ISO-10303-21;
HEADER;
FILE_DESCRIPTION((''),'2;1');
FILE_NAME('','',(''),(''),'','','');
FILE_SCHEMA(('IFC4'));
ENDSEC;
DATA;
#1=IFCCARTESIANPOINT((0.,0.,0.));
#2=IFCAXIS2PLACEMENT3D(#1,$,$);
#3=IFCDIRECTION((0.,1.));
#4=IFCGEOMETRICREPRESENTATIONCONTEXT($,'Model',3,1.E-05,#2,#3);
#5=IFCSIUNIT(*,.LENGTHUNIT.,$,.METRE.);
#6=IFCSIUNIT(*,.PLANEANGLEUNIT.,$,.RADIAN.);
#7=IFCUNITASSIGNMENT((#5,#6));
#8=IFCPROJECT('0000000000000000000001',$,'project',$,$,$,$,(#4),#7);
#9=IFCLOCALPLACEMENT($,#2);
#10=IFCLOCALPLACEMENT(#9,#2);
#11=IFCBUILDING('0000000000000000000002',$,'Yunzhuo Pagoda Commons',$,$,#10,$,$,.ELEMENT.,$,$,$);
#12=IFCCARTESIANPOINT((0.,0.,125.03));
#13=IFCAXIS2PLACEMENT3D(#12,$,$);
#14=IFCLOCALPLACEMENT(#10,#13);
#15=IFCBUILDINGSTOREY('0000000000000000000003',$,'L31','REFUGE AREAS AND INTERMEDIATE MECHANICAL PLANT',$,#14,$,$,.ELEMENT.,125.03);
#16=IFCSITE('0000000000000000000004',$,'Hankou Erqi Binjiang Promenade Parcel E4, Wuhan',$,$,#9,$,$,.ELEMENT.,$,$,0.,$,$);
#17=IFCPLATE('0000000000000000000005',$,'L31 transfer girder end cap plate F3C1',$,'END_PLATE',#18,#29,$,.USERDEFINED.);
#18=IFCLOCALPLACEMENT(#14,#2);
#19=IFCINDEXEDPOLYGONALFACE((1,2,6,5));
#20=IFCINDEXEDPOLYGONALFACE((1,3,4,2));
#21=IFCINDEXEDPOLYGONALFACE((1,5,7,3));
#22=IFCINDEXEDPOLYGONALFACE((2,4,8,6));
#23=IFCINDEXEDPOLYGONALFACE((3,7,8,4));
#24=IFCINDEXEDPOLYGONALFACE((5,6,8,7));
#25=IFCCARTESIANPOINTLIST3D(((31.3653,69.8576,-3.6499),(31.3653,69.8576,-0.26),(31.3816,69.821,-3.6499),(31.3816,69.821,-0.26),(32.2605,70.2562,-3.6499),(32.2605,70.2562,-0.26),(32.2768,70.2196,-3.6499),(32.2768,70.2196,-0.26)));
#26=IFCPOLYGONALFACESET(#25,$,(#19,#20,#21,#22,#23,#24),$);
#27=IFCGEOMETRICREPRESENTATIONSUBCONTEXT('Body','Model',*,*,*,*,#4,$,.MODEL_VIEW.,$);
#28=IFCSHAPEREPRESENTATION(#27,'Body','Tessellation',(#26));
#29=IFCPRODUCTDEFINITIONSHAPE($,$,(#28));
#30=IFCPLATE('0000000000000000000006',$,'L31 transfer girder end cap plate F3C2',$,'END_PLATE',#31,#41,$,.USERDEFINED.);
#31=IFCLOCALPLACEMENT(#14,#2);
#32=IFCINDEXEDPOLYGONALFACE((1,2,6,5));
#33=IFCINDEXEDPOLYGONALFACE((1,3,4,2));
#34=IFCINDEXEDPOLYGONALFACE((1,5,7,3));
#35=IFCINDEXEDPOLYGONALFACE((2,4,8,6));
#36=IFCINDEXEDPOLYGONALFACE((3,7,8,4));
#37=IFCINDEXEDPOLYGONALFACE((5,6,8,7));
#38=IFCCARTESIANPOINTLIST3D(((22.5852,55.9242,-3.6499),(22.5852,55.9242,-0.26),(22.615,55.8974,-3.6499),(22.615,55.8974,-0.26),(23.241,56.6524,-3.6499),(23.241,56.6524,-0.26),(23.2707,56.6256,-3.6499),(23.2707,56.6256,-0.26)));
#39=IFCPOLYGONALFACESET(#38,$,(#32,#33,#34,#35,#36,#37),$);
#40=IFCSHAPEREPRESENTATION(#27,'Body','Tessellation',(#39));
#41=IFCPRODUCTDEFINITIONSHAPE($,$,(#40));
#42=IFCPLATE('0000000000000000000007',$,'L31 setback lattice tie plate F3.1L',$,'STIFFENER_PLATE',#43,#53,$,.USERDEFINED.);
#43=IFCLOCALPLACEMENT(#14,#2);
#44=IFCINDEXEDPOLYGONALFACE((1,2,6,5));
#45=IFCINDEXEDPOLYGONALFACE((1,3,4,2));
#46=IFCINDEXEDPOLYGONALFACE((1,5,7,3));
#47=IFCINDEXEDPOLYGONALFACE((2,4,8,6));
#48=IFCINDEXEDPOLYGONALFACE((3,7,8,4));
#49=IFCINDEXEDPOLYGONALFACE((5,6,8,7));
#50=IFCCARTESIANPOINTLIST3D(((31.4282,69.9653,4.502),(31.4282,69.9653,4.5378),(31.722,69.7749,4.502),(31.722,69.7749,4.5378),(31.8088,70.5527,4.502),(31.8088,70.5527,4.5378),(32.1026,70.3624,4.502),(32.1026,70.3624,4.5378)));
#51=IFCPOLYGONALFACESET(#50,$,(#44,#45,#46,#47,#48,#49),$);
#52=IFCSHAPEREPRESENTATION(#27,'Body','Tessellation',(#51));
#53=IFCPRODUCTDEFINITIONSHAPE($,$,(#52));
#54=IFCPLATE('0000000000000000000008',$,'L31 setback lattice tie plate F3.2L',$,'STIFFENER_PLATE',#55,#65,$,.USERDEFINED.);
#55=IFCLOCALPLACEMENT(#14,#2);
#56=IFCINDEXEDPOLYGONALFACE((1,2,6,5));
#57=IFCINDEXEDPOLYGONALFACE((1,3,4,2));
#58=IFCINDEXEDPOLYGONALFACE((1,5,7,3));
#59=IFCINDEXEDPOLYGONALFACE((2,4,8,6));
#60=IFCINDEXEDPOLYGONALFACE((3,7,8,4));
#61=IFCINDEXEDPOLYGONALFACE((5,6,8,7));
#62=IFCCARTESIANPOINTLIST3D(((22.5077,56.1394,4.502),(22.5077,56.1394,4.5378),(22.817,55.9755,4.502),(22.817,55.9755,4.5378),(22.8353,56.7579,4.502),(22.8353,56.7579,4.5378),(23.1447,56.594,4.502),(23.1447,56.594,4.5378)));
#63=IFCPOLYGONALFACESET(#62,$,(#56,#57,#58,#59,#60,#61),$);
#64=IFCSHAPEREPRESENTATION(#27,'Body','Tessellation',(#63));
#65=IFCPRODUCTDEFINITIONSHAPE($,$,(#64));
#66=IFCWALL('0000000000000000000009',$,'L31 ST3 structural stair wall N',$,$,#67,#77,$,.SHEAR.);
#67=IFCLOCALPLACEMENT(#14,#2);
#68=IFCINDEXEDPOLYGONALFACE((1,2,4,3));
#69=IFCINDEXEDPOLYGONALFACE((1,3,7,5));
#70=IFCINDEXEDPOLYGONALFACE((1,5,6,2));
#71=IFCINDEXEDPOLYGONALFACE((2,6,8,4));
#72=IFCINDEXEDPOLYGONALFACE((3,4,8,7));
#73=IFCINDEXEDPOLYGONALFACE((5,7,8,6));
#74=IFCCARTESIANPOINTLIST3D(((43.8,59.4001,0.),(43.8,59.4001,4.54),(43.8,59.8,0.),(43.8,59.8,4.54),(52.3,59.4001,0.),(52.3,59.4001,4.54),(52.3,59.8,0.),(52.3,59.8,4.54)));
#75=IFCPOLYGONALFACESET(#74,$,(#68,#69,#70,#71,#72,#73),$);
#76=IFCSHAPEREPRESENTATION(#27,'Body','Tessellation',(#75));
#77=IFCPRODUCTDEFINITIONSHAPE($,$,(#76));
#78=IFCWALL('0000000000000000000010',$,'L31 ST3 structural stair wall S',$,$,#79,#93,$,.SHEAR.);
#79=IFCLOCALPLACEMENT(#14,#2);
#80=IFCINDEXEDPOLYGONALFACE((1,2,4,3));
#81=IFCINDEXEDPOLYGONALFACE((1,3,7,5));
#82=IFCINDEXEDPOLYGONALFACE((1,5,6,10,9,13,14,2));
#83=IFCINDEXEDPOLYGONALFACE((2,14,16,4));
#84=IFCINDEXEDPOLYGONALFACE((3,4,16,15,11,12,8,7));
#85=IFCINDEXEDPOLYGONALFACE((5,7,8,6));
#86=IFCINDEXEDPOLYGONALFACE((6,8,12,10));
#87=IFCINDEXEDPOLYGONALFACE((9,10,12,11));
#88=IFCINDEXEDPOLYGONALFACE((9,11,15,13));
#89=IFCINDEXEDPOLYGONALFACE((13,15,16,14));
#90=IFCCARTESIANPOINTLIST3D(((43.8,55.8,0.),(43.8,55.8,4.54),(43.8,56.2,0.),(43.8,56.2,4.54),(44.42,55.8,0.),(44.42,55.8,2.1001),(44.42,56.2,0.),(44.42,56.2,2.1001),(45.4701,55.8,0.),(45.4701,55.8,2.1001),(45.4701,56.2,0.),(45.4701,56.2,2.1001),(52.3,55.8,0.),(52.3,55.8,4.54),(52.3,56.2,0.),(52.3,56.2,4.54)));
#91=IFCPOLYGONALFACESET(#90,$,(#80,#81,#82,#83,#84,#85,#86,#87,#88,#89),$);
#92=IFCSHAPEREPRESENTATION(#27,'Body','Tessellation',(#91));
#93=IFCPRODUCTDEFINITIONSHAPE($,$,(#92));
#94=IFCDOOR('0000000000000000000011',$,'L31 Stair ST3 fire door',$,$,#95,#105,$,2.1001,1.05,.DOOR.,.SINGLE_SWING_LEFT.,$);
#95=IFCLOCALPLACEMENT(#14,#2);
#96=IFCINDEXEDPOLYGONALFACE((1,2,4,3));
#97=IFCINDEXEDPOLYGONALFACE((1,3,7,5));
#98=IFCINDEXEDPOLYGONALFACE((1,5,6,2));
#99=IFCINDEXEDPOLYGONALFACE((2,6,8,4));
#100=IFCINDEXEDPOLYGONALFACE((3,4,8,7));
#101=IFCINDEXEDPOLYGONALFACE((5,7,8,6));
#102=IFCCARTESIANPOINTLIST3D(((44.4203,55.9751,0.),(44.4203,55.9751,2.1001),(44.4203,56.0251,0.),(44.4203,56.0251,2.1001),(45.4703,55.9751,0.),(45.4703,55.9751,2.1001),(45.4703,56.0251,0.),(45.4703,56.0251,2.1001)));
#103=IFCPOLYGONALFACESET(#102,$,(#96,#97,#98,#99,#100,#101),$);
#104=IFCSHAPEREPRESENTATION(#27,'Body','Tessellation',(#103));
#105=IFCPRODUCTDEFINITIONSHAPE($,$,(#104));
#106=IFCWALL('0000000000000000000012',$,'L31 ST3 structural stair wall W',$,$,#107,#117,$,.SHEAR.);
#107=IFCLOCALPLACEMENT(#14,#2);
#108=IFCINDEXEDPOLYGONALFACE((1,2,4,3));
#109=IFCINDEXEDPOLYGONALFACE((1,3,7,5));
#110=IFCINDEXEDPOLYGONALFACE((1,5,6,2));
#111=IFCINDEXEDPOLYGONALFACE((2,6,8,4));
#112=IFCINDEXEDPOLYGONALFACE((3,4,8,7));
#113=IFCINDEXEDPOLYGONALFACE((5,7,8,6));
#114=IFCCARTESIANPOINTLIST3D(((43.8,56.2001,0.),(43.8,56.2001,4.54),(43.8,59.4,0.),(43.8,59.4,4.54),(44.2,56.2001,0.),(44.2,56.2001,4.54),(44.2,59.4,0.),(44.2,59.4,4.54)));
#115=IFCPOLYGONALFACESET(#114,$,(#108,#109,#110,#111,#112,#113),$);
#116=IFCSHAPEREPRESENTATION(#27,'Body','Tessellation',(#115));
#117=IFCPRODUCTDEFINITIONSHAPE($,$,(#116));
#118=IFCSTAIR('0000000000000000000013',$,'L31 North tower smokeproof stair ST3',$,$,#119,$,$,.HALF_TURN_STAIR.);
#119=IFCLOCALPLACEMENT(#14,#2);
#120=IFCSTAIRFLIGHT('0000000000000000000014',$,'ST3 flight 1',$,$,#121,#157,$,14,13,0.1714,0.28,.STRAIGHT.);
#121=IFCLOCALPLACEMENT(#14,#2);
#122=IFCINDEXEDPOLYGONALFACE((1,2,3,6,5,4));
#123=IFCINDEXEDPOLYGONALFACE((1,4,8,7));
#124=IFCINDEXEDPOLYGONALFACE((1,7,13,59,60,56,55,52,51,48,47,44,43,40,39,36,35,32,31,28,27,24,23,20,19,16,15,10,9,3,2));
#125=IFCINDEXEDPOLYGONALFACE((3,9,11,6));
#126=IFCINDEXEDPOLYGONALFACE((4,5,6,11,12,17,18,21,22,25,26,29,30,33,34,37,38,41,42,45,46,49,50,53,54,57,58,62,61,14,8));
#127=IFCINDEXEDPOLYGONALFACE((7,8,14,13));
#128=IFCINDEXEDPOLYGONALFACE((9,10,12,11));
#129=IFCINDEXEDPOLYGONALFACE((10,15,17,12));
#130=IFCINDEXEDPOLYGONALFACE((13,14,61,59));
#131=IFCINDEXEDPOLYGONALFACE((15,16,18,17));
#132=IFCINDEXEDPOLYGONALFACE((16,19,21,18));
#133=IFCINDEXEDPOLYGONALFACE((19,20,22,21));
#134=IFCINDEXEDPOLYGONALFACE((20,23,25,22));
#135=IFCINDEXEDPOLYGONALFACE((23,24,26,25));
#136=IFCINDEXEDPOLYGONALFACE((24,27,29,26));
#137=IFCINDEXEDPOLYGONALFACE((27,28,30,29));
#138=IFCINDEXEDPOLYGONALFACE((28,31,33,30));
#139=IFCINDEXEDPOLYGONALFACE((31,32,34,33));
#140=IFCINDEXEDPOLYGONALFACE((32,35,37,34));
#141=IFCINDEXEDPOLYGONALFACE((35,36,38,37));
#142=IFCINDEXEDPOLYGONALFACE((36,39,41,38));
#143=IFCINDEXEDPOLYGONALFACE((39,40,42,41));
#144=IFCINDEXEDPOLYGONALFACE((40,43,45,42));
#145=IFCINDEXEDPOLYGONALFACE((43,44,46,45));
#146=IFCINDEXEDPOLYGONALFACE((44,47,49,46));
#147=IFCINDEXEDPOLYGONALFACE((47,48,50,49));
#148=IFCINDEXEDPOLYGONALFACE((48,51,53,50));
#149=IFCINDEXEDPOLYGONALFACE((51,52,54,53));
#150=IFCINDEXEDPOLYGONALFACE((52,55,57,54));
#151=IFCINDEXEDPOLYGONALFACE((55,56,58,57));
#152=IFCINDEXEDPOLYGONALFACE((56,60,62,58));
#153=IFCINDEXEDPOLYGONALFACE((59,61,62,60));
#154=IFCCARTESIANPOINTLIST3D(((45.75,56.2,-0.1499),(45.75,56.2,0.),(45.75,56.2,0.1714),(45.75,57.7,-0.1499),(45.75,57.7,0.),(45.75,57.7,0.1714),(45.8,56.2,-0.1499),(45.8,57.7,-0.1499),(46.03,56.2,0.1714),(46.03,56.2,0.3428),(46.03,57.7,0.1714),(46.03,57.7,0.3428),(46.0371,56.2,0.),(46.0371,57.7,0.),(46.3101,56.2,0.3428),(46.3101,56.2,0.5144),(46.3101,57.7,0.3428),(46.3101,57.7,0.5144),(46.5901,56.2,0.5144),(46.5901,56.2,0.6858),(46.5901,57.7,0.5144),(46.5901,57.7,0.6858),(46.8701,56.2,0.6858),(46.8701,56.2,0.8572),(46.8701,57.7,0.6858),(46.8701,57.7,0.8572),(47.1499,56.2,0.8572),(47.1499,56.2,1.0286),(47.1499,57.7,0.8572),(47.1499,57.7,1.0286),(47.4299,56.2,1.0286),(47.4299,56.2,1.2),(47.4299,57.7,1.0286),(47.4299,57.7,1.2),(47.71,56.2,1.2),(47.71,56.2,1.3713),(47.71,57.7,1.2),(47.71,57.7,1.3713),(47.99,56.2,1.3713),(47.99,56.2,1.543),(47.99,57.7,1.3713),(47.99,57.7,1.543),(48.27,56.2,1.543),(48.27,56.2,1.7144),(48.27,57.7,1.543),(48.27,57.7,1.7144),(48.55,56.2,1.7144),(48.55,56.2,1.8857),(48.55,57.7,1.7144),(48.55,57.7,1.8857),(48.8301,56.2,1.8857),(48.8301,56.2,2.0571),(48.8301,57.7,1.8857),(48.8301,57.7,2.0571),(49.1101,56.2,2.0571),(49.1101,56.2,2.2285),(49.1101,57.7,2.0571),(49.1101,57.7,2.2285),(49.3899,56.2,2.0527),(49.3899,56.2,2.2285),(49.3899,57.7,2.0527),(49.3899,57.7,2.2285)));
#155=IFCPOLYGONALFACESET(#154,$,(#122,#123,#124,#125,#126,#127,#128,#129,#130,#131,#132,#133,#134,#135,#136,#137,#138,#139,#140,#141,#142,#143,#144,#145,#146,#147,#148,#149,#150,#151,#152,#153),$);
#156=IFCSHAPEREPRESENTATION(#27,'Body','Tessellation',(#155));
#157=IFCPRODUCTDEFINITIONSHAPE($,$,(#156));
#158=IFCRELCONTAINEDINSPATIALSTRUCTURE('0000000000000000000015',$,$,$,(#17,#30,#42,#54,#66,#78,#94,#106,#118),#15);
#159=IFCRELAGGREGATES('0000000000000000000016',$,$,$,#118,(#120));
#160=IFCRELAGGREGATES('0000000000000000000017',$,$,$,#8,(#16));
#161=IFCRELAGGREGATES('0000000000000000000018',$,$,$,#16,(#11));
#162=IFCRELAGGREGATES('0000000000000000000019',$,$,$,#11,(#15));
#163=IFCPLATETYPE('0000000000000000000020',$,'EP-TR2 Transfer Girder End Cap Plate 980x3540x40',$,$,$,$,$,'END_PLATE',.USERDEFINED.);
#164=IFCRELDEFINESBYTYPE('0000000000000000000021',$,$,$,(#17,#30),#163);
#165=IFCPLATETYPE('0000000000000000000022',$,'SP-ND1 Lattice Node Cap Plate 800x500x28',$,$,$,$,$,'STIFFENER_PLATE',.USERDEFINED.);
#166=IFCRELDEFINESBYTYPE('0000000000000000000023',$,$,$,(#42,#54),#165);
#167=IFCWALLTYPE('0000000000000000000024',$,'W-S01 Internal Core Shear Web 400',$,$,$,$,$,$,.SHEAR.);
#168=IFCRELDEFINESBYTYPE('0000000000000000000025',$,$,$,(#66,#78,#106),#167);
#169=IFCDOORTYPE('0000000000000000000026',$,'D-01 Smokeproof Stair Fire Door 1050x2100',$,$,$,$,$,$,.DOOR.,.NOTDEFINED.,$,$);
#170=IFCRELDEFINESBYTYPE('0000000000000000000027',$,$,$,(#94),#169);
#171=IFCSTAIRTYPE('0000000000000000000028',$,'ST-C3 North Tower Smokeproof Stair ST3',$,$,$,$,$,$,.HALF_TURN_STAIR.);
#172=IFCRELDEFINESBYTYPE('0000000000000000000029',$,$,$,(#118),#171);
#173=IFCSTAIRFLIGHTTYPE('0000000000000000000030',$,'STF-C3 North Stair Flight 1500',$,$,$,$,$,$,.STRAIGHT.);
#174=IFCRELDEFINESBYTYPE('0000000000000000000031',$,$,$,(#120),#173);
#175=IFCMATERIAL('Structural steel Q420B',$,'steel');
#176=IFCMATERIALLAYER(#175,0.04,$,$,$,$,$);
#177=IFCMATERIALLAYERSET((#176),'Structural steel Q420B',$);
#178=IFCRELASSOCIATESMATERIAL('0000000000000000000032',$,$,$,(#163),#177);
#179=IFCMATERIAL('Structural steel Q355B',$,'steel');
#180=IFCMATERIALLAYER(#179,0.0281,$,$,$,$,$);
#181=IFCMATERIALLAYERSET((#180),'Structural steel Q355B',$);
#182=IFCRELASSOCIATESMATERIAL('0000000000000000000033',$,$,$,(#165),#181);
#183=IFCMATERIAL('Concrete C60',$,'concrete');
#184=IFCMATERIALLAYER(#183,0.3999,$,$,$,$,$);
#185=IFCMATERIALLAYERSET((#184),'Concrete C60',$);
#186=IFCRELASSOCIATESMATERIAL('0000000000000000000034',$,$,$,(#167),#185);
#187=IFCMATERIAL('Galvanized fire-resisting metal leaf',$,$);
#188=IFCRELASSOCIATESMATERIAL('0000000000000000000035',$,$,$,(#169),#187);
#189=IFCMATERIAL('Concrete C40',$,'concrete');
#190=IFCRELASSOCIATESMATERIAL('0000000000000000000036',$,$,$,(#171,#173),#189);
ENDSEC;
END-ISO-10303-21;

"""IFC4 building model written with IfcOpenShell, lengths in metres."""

from ifc_helpers import new_model, si_unit, direction, frame, frame_2d, origin, origin_2d, place, context, subcontext, project, spatial, polyline, rectangle, outline, extrude, source, transform, mapped, material, layer, layer_set, type_object, element, fill, aggregate, save


model = new_model("IFC4")

# Units and contexts
model_context = context("Model", 3, precision=1e-05, world=origin(), true_north=direction((0.0, 1.0)))
body_context = subcontext(model_context, "Body", "Model", "MODEL_VIEW")
ifc_project = project(units=[si_unit("LENGTHUNIT", "METRE"), si_unit("PLANEANGLEUNIT", "RADIAN")], contexts=[model_context])

# Site, building, storey
site_placement = place(None, origin())
site = spatial("IfcSite", under=ifc_project, at=site_placement, Name="Hankou Erqi Binjiang Promenade Parcel E4, Wuhan", CompositionType="ELEMENT", RefElevation=0.0)
building_placement = place(site_placement, origin())
building = spatial("IfcBuilding", under=site, at=building_placement, Name="Yunzhuo Pagoda Commons", CompositionType="ELEMENT")
storey_placement = place(building_placement, frame((0.0, 0.0, 125.03)))
storey = spatial("IfcBuildingStorey", under=building, at=storey_placement, Name="L31", Description="REFUGE AREAS AND INTERMEDIATE MECHANICAL PLANT", CompositionType="ELEMENT", Elevation=125.03)

# Shared definitions
ifc_material_1 = material(Name="Structural steel Q420B", Category="steel")

# Shared definitions
ifc_material_2 = material(Name="Structural steel Q355B", Category="steel")

# Plates
ifc_layer_1 = layer(ifc_material_1, 0.04)
ifc_layer_set_1 = layer_set([ifc_layer_1], Name="Structural steel Q420B")
plate_type_1 = type_object("IfcPlateType", Name="EP-TR2 Transfer Girder End Cap Plate 980x3540x40", ElementType="END_PLATE", PredefinedType="USERDEFINED", material=ifc_layer_set_1)
shared_shape_1 = source(origin(), body_context, "Body", "SweptSolid", [
    extrude(rectangle(XDim=0.98, YDim=0.04, at=origin_2d()), origin(), (0.0, 0.0, 1.0), 3.3899),
])
for number, where, z_axis, x_axis, name in (
    (1, (31.821, 70.0386, -3.6499), (0.0, 0.0, 1.0), (-0.913545, -0.406737, 0.0), "L31 transfer girder end cap plate F3C1"),
    (2, (22.928, 56.2749, -3.6499), (0.0, 0.0, 1.0), (-0.669131, -0.743145, 0.0), "L31 transfer girder end cap plate F3C2"),
):
    element("IfcPlate", number, at=place(storey_placement, frame(where, z_axis=z_axis, x_axis=x_axis)), inside=storey, type_object=plate_type_1, Name=name, ObjectType="END_PLATE", PredefinedType="USERDEFINED", context=body_context, shape_type="MappedRepresentation", body=[
        mapped(shared_shape_1, transform((0.0, 0.0, 0.0), scale=1.0)),
    ])
ifc_layer_2 = layer(ifc_material_2, 0.0281)
ifc_layer_set_2 = layer_set([ifc_layer_2], Name="Structural steel Q355B")
plate_type_2 = type_object("IfcPlateType", Name="SP-ND1 Lattice Node Cap Plate 800x500x28", ElementType="STIFFENER_PLATE", PredefinedType="USERDEFINED", material=ifc_layer_set_2)
shared_shape_2 = source(origin(), body_context, "Body", "SweptSolid", [
    extrude(rectangle(XDim=0.7, YDim=0.3501, at=origin_2d()), origin(), (0.0, 0.0, 1.0), 0.0359),
])
for number, where, z_axis, x_axis, name in (
    (3, (31.7654, 70.1638, 4.502), (0.0, 0.0, 1.0), (-0.543746, -0.83925, 0.0), "L31 setback lattice tie plate F3.1L"),
    (4, (22.8262, 56.3667, 4.502), (0.0, 0.0, 1.0), (-0.468069, -0.883692, 0.0), "L31 setback lattice tie plate F3.2L"),
):
    element("IfcPlate", number, at=place(storey_placement, frame(where, z_axis=z_axis, x_axis=x_axis)), inside=storey, type_object=plate_type_2, Name=name, ObjectType="STIFFENER_PLATE", PredefinedType="USERDEFINED", context=body_context, shape_type="MappedRepresentation", body=[
        mapped(shared_shape_2, transform((0.0, 0.0, 0.0), scale=1.0)),
    ])

# Wall
ifc_material_3 = material(Name="Concrete C60", Category="concrete")
ifc_layer_3 = layer(ifc_material_3, 0.3999)
ifc_layer_set_3 = layer_set([ifc_layer_3], Name="Concrete C60")
wall_type = type_object("IfcWallType", Name="W-S01 Internal Core Shear Web 400", PredefinedType="SHEAR", material=ifc_layer_set_3)
wall_1_placement = place(storey_placement, frame((43.8, 59.6001, 0.0), z_axis=(0.0, 0.0, 1.0), x_axis=(1.0, 0.0, 0.0)))
element("IfcWall", 5, at=wall_1_placement, inside=storey, type_object=wall_type, Name="L31 ST3 structural stair wall N", PredefinedType="SHEAR", context=body_context, shape_type="SweptSolid", body=[
    extrude(rectangle(XDim=8.5, YDim=0.3999, at=frame_2d((4.25, 0.0))), origin(), (0.0, 0.0, 1.0), 4.54),
])

# Wall, opening, door
wall_2_placement = place(storey_placement, frame((43.8, 56.0, 0.0), z_axis=(0.0, 0.0, 1.0), x_axis=(1.0, 0.0, 0.0)))
wall_2 = element("IfcWall", 6, at=wall_2_placement, inside=storey, type_object=wall_type, Name="L31 ST3 structural stair wall S", PredefinedType="SHEAR", context=body_context, shape_type="SweptSolid", body=[
    extrude(rectangle(XDim=8.5, YDim=0.3999, at=frame_2d((4.25, 0.0))), origin(), (0.0, 0.0, 1.0), 4.54),
])
opening_placement = place(wall_2_placement, frame((0.6201, 0.0, 0.0)))
opening = element("IfcOpeningElement", 7, at=opening_placement, cuts=wall_2, PredefinedType="OPENING", context=body_context, shape_type="SweptSolid", body=[
    extrude(rectangle(XDim=1.05, YDim=2.1001, at=frame_2d((0.5249, 1.05))), frame((0.0, 0.21, 0.0), z_axis=(0.0, -1.0, 0.0), x_axis=(1.0, 0.0, 0.0)), (0.0, 0.0, 1.0), 0.4199),
])
ifc_material_4 = material(Name="Galvanized fire-resisting metal leaf")
door_type = type_object("IfcDoorType", Name="D-01 Smokeproof Stair Fire Door 1050x2100", OperationType="NOTDEFINED", PredefinedType="DOOR", material=ifc_material_4)
shared_shape_3 = source(origin(), body_context, "Body", "SweptSolid", [
    extrude(rectangle(XDim=1.05, YDim=2.1001, at=frame_2d((0.5249, 1.05))), frame((0.0, 0.0249, 0.0), z_axis=(0.0, -1.0, 0.0), x_axis=(1.0, 0.0, 0.0)), (0.0, 0.0, 1.0), 0.05),
])
door_placement = place(opening_placement, frame((1.05, 0.0, 0.0), z_axis=(0.0, 0.0, 1.0), x_axis=(-1.0, 0.0, 0.0)))
door = element("IfcDoor", 8, at=door_placement, inside=storey, type_object=door_type, Name="L31 Stair ST3 fire door", OperationType="SINGLE_SWING_LEFT", OverallHeight=2.1001, OverallWidth=1.05, PredefinedType="DOOR", context=body_context, shape_type="MappedRepresentation", body=[
    mapped(shared_shape_3, transform((0.0, 0.0, 0.0), scale=1.0)),
])
fill(opening, door)

# Wall
wall_3_placement = place(storey_placement, frame((44.0, 56.2, 0.0), z_axis=(0.0, 0.0, 1.0), x_axis=(0.0, 1.0, 0.0)))
element("IfcWall", 9, at=wall_3_placement, inside=storey, type_object=wall_type, Name="L31 ST3 structural stair wall W", PredefinedType="SHEAR", context=body_context, shape_type="SweptSolid", body=[
    extrude(rectangle(XDim=3.2, YDim=0.3999, at=frame_2d((1.6001, 0.0))), origin(), (0.0, 0.0, 1.0), 4.54),
])

# Stair, stair flight
ifc_material_5 = material(Name="Concrete C40", Category="concrete")
stair_type = type_object("IfcStairType", Name="ST-C3 North Tower Smokeproof Stair ST3", PredefinedType="HALF_TURN_STAIR", material=ifc_material_5)
stair_placement = place(storey_placement, origin())
stair = element("IfcStair", 10, at=stair_placement, inside=storey, type_object=stair_type, Name="L31 North tower smokeproof stair ST3", PredefinedType="HALF_TURN_STAIR")
stair_flight_type = type_object("IfcStairFlightType", Name="STF-C3 North Stair Flight 1500", PredefinedType="STRAIGHT", material=ifc_material_5)
shared_shape_4 = source(origin(), body_context, "Body", "SweptSolid", [
    extrude(outline(polyline([(0.0, -0.1499), (0.0, 0.0), (0.0, 0.1714), (0.28, 0.1714), (0.28, 0.3428), (0.5601, 0.3428), (0.5601, 0.5144), (0.8401, 0.5144), (0.8401, 0.6858), (1.1201, 0.6858), (1.1201, 0.8572), (1.3999, 0.8572), (1.3999, 1.0286), (1.6799, 1.0286), (1.6799, 1.2), (1.96, 1.2), (1.96, 1.3713), (2.24, 1.3713), (2.24, 1.543), (2.52, 1.543), (2.52, 1.7144), (2.8, 1.7144), (2.8, 1.8857), (3.0801, 1.8857), (3.0801, 2.0571), (3.3601, 2.0571), (3.3601, 2.2285), (3.6399, 2.2285), (3.6399, 2.3999), (3.6399, 2.0527), (0.2871, 0.0), (0.05, -0.1499), (0.0, -0.1499)])), frame((0.0, 0.75, 0.0), z_axis=(0.0, -1.0, 0.0), x_axis=(1.0, 0.0, 0.0)), (0.0, 0.0, 1.0), 1.5),
])
stair_flight_placement = place(storey_placement, frame((45.75, 56.95, 0.0), z_axis=(0.0, 0.0, 1.0), x_axis=(1.0, 0.0, 0.0)))
stair_flight = element("IfcStairFlight", 11, at=stair_flight_placement, type_object=stair_flight_type, Name="ST3 flight 1", NumberOfRisers=14, NumberOfTreads=13, PredefinedType="STRAIGHT", RiserHeight=0.1714, TreadLength=0.28, context=body_context, shape_type="MappedRepresentation", body=[
    mapped(shared_shape_4, transform((0.0, 0.0, 0.0), scale=1.0)),
])
aggregate(stair, [stair_flight])

save(model, "model.ifc")
